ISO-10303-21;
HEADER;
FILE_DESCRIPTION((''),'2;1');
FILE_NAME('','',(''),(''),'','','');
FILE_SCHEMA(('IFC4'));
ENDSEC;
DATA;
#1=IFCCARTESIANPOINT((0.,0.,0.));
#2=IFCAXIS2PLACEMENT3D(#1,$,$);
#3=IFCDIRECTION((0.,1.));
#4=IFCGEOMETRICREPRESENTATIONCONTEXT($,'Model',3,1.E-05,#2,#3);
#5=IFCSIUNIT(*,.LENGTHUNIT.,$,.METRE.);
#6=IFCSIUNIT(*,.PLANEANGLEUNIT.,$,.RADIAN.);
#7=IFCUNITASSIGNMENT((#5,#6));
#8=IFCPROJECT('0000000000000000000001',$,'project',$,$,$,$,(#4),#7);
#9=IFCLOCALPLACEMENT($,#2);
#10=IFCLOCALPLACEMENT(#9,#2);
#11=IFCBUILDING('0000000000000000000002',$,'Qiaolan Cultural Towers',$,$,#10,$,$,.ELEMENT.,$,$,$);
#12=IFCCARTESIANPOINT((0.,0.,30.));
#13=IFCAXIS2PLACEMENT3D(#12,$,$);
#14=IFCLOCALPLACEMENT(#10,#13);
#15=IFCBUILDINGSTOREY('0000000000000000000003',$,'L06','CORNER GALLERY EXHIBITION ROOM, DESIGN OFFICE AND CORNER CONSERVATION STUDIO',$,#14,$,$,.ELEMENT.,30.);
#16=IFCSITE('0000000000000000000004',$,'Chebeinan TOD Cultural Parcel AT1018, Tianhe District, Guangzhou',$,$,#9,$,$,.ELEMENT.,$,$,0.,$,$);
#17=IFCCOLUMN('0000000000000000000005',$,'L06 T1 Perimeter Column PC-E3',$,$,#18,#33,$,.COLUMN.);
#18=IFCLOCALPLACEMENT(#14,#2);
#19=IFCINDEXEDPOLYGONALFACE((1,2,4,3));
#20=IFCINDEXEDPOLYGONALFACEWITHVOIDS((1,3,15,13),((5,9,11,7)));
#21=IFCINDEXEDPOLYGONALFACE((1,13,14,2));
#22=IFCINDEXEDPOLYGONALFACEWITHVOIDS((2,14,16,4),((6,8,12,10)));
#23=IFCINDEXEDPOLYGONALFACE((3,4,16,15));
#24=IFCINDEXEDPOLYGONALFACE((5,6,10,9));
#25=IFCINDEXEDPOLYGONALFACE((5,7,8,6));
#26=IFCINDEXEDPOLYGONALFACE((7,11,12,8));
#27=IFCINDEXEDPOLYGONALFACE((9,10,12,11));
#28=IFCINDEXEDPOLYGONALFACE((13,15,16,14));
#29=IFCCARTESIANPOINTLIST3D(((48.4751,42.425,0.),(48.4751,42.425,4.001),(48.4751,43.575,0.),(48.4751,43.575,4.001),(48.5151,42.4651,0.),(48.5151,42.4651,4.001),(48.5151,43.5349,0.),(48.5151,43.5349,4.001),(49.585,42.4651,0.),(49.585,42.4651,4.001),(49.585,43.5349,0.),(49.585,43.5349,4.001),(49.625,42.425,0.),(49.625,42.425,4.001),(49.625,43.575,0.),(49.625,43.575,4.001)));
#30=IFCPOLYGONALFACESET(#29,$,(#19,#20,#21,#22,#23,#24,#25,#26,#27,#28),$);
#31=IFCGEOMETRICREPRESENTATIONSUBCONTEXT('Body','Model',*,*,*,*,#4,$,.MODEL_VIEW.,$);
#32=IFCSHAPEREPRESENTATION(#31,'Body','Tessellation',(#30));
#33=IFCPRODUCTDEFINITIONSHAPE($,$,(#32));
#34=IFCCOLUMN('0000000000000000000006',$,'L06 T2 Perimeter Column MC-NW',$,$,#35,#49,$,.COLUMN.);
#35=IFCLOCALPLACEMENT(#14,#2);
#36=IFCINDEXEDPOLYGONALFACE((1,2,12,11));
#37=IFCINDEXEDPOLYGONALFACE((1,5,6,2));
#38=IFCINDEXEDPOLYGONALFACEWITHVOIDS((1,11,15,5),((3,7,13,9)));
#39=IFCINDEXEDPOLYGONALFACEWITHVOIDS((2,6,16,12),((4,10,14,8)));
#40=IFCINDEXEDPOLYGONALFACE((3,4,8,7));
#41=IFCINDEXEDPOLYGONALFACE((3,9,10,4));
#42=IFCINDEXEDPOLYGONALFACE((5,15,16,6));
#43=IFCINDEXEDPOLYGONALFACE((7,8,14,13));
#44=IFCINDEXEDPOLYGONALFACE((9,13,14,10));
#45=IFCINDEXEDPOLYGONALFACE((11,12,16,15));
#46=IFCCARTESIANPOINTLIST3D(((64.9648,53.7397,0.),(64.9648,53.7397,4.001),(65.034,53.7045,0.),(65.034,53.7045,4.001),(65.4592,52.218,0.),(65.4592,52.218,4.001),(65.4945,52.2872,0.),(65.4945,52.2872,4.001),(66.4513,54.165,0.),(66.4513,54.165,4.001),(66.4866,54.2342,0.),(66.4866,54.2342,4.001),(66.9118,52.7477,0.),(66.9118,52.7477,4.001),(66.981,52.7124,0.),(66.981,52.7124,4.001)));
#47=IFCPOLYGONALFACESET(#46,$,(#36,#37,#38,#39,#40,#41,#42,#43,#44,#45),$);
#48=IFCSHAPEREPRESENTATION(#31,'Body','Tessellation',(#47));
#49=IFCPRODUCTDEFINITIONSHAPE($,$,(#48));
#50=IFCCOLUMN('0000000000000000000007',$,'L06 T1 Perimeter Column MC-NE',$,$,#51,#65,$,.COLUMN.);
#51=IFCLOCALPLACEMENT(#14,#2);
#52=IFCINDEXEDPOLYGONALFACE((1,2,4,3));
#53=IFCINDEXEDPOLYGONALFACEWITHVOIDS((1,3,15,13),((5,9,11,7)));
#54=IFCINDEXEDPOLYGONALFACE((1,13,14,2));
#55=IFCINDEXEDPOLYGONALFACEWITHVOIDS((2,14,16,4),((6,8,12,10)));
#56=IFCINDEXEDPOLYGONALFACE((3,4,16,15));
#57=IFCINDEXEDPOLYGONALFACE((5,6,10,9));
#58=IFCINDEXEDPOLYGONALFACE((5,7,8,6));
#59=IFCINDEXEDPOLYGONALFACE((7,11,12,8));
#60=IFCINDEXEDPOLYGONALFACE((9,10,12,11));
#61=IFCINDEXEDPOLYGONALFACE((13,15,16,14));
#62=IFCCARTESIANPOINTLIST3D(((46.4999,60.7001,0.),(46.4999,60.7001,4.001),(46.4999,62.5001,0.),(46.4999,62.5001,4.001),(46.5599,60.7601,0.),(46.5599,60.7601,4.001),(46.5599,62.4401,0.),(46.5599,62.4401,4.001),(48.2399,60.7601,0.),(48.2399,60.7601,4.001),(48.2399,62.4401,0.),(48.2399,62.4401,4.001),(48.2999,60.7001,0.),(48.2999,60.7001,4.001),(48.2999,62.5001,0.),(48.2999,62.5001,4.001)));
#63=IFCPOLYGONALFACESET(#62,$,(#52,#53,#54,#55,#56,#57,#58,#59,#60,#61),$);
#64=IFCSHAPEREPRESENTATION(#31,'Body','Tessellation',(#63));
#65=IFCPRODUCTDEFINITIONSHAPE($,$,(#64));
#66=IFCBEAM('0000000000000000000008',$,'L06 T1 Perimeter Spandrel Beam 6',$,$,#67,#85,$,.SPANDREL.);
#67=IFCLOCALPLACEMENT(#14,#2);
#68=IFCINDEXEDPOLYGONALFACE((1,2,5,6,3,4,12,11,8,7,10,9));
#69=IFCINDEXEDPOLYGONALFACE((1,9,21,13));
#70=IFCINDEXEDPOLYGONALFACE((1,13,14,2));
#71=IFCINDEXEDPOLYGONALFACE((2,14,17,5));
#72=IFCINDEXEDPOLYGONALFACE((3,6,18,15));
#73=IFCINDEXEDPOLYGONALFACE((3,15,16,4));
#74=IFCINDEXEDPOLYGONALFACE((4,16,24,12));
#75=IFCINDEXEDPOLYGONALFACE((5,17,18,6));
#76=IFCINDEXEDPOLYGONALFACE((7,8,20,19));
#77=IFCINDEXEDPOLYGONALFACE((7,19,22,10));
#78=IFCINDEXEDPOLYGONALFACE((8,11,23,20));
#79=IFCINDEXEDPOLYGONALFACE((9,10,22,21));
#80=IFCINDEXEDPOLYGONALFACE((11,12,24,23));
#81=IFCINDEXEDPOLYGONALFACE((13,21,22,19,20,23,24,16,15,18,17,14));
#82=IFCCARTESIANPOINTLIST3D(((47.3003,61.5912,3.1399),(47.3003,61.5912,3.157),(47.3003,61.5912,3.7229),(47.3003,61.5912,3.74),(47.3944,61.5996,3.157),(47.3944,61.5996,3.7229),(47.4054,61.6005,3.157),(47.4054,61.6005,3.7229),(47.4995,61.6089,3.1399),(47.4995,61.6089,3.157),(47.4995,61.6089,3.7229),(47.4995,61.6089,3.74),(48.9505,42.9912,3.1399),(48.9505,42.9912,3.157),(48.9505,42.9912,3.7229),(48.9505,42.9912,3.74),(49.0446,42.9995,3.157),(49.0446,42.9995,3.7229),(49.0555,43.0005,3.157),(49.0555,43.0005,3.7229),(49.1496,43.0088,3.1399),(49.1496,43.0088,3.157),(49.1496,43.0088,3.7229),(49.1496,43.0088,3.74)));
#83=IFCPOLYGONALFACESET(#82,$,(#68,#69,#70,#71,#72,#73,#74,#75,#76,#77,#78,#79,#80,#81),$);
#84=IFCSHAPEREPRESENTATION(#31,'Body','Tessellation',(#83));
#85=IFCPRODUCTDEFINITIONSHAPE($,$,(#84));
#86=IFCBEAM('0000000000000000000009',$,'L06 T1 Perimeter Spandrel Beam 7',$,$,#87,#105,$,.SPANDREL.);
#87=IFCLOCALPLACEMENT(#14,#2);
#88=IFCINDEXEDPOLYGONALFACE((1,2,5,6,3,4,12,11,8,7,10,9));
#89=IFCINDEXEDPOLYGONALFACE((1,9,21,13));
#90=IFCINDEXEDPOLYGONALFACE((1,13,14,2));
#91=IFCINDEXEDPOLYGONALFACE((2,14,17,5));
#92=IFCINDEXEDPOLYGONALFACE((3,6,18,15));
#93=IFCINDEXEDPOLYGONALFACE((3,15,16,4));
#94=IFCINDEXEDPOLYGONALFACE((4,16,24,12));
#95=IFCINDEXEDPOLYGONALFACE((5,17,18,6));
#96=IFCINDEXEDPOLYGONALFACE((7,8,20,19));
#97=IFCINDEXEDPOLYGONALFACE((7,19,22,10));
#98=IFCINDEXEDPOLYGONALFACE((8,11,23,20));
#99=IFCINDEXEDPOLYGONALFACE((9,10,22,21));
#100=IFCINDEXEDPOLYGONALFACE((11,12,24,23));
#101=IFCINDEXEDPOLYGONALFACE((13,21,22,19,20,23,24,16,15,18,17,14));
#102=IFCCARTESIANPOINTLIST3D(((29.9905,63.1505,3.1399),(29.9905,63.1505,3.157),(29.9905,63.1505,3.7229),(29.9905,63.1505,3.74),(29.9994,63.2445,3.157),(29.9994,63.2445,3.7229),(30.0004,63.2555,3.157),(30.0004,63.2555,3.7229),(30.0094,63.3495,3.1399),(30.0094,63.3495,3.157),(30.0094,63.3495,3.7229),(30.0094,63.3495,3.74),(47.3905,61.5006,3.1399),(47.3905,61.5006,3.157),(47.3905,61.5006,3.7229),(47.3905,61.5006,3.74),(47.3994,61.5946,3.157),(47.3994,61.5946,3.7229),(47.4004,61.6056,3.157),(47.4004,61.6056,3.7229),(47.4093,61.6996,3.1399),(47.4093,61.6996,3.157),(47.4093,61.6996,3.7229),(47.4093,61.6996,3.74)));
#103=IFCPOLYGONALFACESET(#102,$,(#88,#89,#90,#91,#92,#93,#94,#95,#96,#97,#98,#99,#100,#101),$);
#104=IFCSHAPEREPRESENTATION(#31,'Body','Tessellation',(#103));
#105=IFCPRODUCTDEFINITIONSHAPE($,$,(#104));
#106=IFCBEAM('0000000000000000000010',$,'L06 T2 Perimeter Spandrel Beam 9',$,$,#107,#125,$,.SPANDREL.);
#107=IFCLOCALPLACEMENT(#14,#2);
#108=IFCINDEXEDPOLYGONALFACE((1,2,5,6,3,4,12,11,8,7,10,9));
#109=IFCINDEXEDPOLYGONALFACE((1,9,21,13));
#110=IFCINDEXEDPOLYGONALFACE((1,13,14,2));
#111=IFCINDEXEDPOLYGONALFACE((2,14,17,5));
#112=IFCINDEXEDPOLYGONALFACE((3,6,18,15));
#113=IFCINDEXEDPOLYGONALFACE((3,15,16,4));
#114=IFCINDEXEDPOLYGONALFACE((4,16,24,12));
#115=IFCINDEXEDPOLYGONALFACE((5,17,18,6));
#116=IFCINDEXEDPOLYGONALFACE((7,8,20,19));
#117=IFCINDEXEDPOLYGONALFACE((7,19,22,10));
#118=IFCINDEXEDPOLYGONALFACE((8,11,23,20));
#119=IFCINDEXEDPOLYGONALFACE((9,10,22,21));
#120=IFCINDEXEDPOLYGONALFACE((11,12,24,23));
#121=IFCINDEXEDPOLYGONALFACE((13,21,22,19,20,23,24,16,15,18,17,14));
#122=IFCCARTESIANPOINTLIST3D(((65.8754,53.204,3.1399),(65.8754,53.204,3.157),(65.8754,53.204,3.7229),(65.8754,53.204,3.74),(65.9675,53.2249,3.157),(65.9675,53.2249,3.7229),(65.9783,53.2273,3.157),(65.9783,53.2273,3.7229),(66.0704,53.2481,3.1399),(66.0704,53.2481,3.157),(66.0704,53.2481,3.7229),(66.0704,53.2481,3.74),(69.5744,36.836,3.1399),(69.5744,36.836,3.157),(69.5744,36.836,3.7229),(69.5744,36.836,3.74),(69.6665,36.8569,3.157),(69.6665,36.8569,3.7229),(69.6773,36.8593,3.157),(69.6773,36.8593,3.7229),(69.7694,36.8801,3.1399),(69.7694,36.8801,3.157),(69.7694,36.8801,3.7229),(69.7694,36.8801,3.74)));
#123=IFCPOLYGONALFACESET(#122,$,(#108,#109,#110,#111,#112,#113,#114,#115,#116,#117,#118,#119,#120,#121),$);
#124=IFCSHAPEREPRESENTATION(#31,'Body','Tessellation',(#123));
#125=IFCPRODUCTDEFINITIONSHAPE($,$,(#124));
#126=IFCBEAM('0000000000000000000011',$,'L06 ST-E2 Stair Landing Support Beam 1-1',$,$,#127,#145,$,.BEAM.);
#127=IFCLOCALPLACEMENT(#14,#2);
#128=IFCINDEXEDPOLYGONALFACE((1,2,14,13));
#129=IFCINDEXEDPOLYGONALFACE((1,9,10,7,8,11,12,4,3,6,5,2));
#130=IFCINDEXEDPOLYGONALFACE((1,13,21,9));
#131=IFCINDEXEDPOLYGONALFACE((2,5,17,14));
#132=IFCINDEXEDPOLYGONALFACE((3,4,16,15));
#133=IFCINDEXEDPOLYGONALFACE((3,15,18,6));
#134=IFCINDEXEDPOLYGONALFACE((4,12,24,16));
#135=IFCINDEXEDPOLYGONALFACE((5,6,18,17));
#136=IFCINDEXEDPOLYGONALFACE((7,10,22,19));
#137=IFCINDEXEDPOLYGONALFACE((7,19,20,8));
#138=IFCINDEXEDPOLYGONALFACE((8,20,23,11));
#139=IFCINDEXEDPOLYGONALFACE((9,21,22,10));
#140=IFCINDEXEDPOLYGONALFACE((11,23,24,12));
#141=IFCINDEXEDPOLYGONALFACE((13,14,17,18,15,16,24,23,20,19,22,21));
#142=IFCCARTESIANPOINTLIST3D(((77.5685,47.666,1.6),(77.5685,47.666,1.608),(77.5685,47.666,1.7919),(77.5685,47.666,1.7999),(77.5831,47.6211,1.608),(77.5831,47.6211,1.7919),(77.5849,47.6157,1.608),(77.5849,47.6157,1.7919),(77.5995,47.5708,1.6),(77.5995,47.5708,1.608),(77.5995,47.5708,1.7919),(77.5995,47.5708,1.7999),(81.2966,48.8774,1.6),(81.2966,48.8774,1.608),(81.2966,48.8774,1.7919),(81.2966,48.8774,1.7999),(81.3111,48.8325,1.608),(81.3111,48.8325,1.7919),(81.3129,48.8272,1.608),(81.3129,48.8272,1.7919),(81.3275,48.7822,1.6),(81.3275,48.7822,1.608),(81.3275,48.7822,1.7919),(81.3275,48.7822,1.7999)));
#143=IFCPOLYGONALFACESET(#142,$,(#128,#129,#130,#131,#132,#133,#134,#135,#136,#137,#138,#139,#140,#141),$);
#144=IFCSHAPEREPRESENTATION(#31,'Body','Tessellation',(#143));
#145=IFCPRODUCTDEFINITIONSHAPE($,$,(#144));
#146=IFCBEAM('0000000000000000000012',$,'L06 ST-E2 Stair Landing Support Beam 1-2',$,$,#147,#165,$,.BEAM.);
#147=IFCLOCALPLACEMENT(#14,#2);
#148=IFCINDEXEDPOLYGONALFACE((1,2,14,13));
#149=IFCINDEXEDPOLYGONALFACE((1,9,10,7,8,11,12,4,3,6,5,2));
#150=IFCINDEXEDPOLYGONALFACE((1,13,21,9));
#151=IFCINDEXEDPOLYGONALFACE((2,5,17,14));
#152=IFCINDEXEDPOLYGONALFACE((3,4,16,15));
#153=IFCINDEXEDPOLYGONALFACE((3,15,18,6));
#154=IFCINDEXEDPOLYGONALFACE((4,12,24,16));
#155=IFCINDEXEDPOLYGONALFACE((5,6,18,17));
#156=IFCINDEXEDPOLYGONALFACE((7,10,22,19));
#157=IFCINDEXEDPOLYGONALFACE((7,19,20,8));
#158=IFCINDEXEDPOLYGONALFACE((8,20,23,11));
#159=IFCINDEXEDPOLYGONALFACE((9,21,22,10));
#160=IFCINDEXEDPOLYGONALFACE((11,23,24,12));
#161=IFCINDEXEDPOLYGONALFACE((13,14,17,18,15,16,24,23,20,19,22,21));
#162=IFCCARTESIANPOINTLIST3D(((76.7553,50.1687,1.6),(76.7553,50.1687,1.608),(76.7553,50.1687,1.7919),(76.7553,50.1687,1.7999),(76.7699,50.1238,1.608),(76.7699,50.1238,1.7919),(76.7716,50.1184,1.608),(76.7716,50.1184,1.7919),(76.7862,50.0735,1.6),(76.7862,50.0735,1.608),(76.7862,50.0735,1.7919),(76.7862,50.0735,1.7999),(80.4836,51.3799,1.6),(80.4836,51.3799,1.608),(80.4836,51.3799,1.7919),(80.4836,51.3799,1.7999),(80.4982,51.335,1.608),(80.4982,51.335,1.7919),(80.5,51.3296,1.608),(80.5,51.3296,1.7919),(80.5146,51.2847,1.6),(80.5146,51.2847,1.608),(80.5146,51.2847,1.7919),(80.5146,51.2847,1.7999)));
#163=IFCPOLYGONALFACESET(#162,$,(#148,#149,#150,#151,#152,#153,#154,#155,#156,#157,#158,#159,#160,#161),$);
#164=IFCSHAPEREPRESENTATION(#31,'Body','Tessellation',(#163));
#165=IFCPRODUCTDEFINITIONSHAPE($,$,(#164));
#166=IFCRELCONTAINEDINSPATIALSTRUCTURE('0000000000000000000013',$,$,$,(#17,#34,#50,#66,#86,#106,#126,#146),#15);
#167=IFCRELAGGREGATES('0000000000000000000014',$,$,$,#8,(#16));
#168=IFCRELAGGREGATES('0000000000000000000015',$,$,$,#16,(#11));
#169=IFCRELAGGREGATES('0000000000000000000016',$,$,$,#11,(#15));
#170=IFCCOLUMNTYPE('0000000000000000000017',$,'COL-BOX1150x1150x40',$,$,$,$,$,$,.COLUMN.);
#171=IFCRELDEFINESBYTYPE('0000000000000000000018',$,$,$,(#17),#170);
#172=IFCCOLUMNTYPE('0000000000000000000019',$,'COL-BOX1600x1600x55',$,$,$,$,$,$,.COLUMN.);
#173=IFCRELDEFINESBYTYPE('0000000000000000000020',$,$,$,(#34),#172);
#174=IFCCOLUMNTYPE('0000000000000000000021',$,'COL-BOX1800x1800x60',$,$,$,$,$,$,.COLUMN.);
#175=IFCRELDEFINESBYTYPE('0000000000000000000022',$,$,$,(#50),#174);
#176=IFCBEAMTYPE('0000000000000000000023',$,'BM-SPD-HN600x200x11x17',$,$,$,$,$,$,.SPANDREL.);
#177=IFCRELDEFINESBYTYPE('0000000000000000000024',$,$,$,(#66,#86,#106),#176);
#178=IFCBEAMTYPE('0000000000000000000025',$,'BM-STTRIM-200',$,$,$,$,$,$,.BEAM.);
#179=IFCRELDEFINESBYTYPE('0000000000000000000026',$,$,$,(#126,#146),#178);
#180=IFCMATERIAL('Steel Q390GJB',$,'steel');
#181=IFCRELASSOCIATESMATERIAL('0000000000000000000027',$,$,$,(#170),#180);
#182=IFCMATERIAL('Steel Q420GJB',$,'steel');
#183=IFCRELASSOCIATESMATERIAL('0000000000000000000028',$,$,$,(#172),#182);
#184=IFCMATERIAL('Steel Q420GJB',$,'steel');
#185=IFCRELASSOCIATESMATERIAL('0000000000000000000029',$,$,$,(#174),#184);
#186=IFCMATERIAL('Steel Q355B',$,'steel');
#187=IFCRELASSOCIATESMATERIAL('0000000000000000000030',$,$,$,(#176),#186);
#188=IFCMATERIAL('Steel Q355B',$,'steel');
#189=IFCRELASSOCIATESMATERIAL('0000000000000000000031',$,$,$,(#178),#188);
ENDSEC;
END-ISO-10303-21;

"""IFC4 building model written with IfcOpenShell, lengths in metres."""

from ifc_helpers import new_model, si_unit, direction, frame, origin, origin_2d, place, context, subcontext, project, spatial, hollow_rectangle, i_section, extrude, material, material_profile, profile_set, type_object, element, save


model = new_model("IFC4")

# Units and contexts
model_context = context("Model", 3, precision=1e-05, world=origin(), true_north=direction((0.0, 1.0)))
body_context = subcontext(model_context, "Body", "Model", "MODEL_VIEW")
ifc_project = project(units=[si_unit("LENGTHUNIT", "METRE"), si_unit("PLANEANGLEUNIT", "RADIAN")], contexts=[model_context])

# Site, building, storey
site_placement = place(None, origin())
site = spatial("IfcSite", under=ifc_project, at=site_placement, Name="Chebeinan TOD Cultural Parcel AT1018, Tianhe District, Guangzhou", CompositionType="ELEMENT", RefElevation=0.0)
building_placement = place(site_placement, origin())
building = spatial("IfcBuilding", under=site, at=building_placement, Name="Qiaolan Cultural Towers", CompositionType="ELEMENT")
storey_placement = place(building_placement, frame((0.0, 0.0, 30.0)))
storey = spatial("IfcBuildingStorey", under=building, at=storey_placement, Name="L06", Description="CORNER GALLERY EXHIBITION ROOM, DESIGN OFFICE AND CORNER CONSERVATION STUDIO", CompositionType="ELEMENT", Elevation=30.0)

# Columns
ifc_material_1 = material(Name="Steel Q390GJB", Category="steel")
ifc_material_profile_1 = material_profile(ifc_material_1, hollow_rectangle(XDim=1.1499, YDim=1.1499, WallThickness=0.04, at=origin_2d()), Name="BOX1150x1150x40")
ifc_profile_set_1 = profile_set([ifc_material_profile_1], Name="Steel Q390GJB")
column_type_1 = type_object("IfcColumnType", Name="COL-BOX1150x1150x40", PredefinedType="COLUMN", material=ifc_profile_set_1)
column_1_placement = place(storey_placement, frame((49.05, 43.0, 0.0), z_axis=(0.0, 0.0, 1.0), x_axis=(1.0, 0.0, 0.0)))
element("IfcColumn", 1, at=column_1_placement, inside=storey, type_object=column_type_1, Name="L06 T1 Perimeter Column PC-E3", PredefinedType="COLUMN", context=body_context, shape_type="SweptSolid", body=[
    extrude(hollow_rectangle(XDim=1.1499, YDim=1.1499, WallThickness=0.04, at=origin_2d()), origin(), (0.0, 0.0, 1.0), 4.001),
])
ifc_material_2 = material(Name="Steel Q420GJB", Category="steel")
ifc_material_profile_2 = material_profile(ifc_material_2, hollow_rectangle(XDim=1.6001, YDim=1.6001, WallThickness=0.0549, at=origin_2d()), Name="BOX1600x1600x55")
ifc_profile_set_2 = profile_set([ifc_material_profile_2], Name="Steel Q420GJB")
column_type_2 = type_object("IfcColumnType", Name="COL-BOX1600x1600x55", PredefinedType="COLUMN", material=ifc_profile_set_2)
column_2_placement = place(storey_placement, frame((65.9729, 53.2261, 0.0), z_axis=(0.0, 0.0, 1.0), x_axis=(0.951057, 0.309017, 0.0)))
element("IfcColumn", 2, at=column_2_placement, inside=storey, type_object=column_type_2, Name="L06 T2 Perimeter Column MC-NW", PredefinedType="COLUMN", context=body_context, shape_type="SweptSolid", body=[
    extrude(hollow_rectangle(XDim=1.6001, YDim=1.6001, WallThickness=0.0549, at=origin_2d()), origin(), (0.0, 0.0, 1.0), 4.001),
])
ifc_material_3 = material(Name="Steel Q420GJB", Category="steel")
ifc_material_profile_3 = material_profile(ifc_material_3, hollow_rectangle(XDim=1.8, YDim=1.8, WallThickness=0.0601, at=origin_2d()), Name="BOX1800x1800x60")
ifc_profile_set_3 = profile_set([ifc_material_profile_3], Name="Steel Q420GJB")
column_type_3 = type_object("IfcColumnType", Name="COL-BOX1800x1800x60", PredefinedType="COLUMN", material=ifc_profile_set_3)
column_3_placement = place(storey_placement, frame((47.3999, 61.6001, 0.0), z_axis=(0.0, 0.0, 1.0), x_axis=(1.0, 0.0, 0.0)))
element("IfcColumn", 3, at=column_3_placement, inside=storey, type_object=column_type_3, Name="L06 T1 Perimeter Column MC-NE", PredefinedType="COLUMN", context=body_context, shape_type="SweptSolid", body=[
    extrude(hollow_rectangle(XDim=1.8, YDim=1.8, WallThickness=0.0601, at=origin_2d()), origin(), (0.0, 0.0, 1.0), 4.001),
])

# Beams
ifc_material_4 = material(Name="Steel Q355B", Category="steel")
ifc_material_profile_4 = material_profile(ifc_material_4, i_section(OverallWidth=0.2, OverallDepth=0.6001, WebThickness=0.011, FlangeThickness=0.0171, at=origin_2d()), Name="HN600x200x11x17")
ifc_profile_set_4 = profile_set([ifc_material_profile_4], Name="Steel Q355B")
beam_type_1 = type_object("IfcBeamType", Name="BM-SPD-HN600x200x11x17", PredefinedType="SPANDREL", material=ifc_profile_set_4)
beam_1_placement = place(storey_placement, frame((49.05, 43.0, 3.4399), z_axis=(-0.08837, 0.996088, 0.0), x_axis=(-0.996088, -0.08837, 0.0)))
element("IfcBeam", 4, at=beam_1_placement, inside=storey, type_object=beam_type_1, Name="L06 T1 Perimeter Spandrel Beam 6", PredefinedType="SPANDREL", context=body_context, shape_type="SweptSolid", body=[
    extrude(i_section(OverallWidth=0.2, OverallDepth=0.6001, WebThickness=0.011, FlangeThickness=0.0171, at=origin_2d()), origin(), (0.0, 0.0, 1.0), 18.6731),
])
beam_2_placement = place(storey_placement, frame((47.3999, 61.6001, 3.4399), z_axis=(-0.995534, 0.094399, 0.0), x_axis=(-0.094399, -0.995534, 0.0)))
element("IfcBeam", 5, at=beam_2_placement, inside=storey, type_object=beam_type_1, Name="L06 T1 Perimeter Spandrel Beam 7", PredefinedType="SPANDREL", context=body_context, shape_type="SweptSolid", body=[
    extrude(i_section(OverallWidth=0.2, OverallDepth=0.6001, WebThickness=0.011, FlangeThickness=0.0171, at=origin_2d()), origin(), (0.0, 0.0, 1.0), 17.478),
])
beam_3_placement = place(storey_placement, frame((65.9729, 53.2261, 3.4399), z_axis=(0.220431, -0.975403, 0.0), x_axis=(0.975403, 0.220431, 0.0)))
element("IfcBeam", 6, at=beam_3_placement, inside=storey, type_object=beam_type_1, Name="L06 T2 Perimeter Spandrel Beam 9", PredefinedType="SPANDREL", context=body_context, shape_type="SweptSolid", body=[
    extrude(i_section(OverallWidth=0.2, OverallDepth=0.6001, WebThickness=0.011, FlangeThickness=0.0171, at=origin_2d()), origin(), (0.0, 0.0, 1.0), 16.7808),
])
ifc_material_5 = material(Name="Steel Q355B", Category="steel")
ifc_material_profile_5 = material_profile(ifc_material_5, i_section(OverallWidth=0.1001, OverallDepth=0.2, WebThickness=0.0056, FlangeThickness=0.0081, at=origin_2d()), Name="HN200x100x5.5x8")
ifc_profile_set_5 = profile_set([ifc_material_profile_5], Name="Steel Q355B")
beam_type_2 = type_object("IfcBeamType", Name="BM-STTRIM-200", PredefinedType="BEAM", material=ifc_profile_set_5)
beam_4_placement = place(storey_placement, frame((77.584, 47.6184, 1.7), z_axis=(0.951048, 0.309044, 0.0), x_axis=(-0.309044, 0.951048, 0.0)))
element("IfcBeam", 7, at=beam_4_placement, inside=storey, type_object=beam_type_2, Name="L06 ST-E2 Stair Landing Support Beam 1-1", PredefinedType="BEAM", context=body_context, shape_type="SweptSolid", body=[
    extrude(i_section(OverallWidth=0.1001, OverallDepth=0.2, WebThickness=0.0056, FlangeThickness=0.0081, at=origin_2d()), origin(), (0.0, 0.0, 1.0), 3.9199),
])
beam_5_placement = place(storey_placement, frame((76.7708, 50.1211, 1.7), z_axis=(0.951072, 0.308969, 0.0), x_axis=(-0.308969, 0.951072, 0.0)))
element("IfcBeam", 8, at=beam_5_placement, inside=storey, type_object=beam_type_2, Name="L06 ST-E2 Stair Landing Support Beam 1-2", PredefinedType="BEAM", context=body_context, shape_type="SweptSolid", body=[
    extrude(i_section(OverallWidth=0.1001, OverallDepth=0.2, WebThickness=0.0056, FlangeThickness=0.0081, at=origin_2d()), origin(), (0.0, 0.0, 1.0), 3.9202),
])

save(model, "model.ifc")
